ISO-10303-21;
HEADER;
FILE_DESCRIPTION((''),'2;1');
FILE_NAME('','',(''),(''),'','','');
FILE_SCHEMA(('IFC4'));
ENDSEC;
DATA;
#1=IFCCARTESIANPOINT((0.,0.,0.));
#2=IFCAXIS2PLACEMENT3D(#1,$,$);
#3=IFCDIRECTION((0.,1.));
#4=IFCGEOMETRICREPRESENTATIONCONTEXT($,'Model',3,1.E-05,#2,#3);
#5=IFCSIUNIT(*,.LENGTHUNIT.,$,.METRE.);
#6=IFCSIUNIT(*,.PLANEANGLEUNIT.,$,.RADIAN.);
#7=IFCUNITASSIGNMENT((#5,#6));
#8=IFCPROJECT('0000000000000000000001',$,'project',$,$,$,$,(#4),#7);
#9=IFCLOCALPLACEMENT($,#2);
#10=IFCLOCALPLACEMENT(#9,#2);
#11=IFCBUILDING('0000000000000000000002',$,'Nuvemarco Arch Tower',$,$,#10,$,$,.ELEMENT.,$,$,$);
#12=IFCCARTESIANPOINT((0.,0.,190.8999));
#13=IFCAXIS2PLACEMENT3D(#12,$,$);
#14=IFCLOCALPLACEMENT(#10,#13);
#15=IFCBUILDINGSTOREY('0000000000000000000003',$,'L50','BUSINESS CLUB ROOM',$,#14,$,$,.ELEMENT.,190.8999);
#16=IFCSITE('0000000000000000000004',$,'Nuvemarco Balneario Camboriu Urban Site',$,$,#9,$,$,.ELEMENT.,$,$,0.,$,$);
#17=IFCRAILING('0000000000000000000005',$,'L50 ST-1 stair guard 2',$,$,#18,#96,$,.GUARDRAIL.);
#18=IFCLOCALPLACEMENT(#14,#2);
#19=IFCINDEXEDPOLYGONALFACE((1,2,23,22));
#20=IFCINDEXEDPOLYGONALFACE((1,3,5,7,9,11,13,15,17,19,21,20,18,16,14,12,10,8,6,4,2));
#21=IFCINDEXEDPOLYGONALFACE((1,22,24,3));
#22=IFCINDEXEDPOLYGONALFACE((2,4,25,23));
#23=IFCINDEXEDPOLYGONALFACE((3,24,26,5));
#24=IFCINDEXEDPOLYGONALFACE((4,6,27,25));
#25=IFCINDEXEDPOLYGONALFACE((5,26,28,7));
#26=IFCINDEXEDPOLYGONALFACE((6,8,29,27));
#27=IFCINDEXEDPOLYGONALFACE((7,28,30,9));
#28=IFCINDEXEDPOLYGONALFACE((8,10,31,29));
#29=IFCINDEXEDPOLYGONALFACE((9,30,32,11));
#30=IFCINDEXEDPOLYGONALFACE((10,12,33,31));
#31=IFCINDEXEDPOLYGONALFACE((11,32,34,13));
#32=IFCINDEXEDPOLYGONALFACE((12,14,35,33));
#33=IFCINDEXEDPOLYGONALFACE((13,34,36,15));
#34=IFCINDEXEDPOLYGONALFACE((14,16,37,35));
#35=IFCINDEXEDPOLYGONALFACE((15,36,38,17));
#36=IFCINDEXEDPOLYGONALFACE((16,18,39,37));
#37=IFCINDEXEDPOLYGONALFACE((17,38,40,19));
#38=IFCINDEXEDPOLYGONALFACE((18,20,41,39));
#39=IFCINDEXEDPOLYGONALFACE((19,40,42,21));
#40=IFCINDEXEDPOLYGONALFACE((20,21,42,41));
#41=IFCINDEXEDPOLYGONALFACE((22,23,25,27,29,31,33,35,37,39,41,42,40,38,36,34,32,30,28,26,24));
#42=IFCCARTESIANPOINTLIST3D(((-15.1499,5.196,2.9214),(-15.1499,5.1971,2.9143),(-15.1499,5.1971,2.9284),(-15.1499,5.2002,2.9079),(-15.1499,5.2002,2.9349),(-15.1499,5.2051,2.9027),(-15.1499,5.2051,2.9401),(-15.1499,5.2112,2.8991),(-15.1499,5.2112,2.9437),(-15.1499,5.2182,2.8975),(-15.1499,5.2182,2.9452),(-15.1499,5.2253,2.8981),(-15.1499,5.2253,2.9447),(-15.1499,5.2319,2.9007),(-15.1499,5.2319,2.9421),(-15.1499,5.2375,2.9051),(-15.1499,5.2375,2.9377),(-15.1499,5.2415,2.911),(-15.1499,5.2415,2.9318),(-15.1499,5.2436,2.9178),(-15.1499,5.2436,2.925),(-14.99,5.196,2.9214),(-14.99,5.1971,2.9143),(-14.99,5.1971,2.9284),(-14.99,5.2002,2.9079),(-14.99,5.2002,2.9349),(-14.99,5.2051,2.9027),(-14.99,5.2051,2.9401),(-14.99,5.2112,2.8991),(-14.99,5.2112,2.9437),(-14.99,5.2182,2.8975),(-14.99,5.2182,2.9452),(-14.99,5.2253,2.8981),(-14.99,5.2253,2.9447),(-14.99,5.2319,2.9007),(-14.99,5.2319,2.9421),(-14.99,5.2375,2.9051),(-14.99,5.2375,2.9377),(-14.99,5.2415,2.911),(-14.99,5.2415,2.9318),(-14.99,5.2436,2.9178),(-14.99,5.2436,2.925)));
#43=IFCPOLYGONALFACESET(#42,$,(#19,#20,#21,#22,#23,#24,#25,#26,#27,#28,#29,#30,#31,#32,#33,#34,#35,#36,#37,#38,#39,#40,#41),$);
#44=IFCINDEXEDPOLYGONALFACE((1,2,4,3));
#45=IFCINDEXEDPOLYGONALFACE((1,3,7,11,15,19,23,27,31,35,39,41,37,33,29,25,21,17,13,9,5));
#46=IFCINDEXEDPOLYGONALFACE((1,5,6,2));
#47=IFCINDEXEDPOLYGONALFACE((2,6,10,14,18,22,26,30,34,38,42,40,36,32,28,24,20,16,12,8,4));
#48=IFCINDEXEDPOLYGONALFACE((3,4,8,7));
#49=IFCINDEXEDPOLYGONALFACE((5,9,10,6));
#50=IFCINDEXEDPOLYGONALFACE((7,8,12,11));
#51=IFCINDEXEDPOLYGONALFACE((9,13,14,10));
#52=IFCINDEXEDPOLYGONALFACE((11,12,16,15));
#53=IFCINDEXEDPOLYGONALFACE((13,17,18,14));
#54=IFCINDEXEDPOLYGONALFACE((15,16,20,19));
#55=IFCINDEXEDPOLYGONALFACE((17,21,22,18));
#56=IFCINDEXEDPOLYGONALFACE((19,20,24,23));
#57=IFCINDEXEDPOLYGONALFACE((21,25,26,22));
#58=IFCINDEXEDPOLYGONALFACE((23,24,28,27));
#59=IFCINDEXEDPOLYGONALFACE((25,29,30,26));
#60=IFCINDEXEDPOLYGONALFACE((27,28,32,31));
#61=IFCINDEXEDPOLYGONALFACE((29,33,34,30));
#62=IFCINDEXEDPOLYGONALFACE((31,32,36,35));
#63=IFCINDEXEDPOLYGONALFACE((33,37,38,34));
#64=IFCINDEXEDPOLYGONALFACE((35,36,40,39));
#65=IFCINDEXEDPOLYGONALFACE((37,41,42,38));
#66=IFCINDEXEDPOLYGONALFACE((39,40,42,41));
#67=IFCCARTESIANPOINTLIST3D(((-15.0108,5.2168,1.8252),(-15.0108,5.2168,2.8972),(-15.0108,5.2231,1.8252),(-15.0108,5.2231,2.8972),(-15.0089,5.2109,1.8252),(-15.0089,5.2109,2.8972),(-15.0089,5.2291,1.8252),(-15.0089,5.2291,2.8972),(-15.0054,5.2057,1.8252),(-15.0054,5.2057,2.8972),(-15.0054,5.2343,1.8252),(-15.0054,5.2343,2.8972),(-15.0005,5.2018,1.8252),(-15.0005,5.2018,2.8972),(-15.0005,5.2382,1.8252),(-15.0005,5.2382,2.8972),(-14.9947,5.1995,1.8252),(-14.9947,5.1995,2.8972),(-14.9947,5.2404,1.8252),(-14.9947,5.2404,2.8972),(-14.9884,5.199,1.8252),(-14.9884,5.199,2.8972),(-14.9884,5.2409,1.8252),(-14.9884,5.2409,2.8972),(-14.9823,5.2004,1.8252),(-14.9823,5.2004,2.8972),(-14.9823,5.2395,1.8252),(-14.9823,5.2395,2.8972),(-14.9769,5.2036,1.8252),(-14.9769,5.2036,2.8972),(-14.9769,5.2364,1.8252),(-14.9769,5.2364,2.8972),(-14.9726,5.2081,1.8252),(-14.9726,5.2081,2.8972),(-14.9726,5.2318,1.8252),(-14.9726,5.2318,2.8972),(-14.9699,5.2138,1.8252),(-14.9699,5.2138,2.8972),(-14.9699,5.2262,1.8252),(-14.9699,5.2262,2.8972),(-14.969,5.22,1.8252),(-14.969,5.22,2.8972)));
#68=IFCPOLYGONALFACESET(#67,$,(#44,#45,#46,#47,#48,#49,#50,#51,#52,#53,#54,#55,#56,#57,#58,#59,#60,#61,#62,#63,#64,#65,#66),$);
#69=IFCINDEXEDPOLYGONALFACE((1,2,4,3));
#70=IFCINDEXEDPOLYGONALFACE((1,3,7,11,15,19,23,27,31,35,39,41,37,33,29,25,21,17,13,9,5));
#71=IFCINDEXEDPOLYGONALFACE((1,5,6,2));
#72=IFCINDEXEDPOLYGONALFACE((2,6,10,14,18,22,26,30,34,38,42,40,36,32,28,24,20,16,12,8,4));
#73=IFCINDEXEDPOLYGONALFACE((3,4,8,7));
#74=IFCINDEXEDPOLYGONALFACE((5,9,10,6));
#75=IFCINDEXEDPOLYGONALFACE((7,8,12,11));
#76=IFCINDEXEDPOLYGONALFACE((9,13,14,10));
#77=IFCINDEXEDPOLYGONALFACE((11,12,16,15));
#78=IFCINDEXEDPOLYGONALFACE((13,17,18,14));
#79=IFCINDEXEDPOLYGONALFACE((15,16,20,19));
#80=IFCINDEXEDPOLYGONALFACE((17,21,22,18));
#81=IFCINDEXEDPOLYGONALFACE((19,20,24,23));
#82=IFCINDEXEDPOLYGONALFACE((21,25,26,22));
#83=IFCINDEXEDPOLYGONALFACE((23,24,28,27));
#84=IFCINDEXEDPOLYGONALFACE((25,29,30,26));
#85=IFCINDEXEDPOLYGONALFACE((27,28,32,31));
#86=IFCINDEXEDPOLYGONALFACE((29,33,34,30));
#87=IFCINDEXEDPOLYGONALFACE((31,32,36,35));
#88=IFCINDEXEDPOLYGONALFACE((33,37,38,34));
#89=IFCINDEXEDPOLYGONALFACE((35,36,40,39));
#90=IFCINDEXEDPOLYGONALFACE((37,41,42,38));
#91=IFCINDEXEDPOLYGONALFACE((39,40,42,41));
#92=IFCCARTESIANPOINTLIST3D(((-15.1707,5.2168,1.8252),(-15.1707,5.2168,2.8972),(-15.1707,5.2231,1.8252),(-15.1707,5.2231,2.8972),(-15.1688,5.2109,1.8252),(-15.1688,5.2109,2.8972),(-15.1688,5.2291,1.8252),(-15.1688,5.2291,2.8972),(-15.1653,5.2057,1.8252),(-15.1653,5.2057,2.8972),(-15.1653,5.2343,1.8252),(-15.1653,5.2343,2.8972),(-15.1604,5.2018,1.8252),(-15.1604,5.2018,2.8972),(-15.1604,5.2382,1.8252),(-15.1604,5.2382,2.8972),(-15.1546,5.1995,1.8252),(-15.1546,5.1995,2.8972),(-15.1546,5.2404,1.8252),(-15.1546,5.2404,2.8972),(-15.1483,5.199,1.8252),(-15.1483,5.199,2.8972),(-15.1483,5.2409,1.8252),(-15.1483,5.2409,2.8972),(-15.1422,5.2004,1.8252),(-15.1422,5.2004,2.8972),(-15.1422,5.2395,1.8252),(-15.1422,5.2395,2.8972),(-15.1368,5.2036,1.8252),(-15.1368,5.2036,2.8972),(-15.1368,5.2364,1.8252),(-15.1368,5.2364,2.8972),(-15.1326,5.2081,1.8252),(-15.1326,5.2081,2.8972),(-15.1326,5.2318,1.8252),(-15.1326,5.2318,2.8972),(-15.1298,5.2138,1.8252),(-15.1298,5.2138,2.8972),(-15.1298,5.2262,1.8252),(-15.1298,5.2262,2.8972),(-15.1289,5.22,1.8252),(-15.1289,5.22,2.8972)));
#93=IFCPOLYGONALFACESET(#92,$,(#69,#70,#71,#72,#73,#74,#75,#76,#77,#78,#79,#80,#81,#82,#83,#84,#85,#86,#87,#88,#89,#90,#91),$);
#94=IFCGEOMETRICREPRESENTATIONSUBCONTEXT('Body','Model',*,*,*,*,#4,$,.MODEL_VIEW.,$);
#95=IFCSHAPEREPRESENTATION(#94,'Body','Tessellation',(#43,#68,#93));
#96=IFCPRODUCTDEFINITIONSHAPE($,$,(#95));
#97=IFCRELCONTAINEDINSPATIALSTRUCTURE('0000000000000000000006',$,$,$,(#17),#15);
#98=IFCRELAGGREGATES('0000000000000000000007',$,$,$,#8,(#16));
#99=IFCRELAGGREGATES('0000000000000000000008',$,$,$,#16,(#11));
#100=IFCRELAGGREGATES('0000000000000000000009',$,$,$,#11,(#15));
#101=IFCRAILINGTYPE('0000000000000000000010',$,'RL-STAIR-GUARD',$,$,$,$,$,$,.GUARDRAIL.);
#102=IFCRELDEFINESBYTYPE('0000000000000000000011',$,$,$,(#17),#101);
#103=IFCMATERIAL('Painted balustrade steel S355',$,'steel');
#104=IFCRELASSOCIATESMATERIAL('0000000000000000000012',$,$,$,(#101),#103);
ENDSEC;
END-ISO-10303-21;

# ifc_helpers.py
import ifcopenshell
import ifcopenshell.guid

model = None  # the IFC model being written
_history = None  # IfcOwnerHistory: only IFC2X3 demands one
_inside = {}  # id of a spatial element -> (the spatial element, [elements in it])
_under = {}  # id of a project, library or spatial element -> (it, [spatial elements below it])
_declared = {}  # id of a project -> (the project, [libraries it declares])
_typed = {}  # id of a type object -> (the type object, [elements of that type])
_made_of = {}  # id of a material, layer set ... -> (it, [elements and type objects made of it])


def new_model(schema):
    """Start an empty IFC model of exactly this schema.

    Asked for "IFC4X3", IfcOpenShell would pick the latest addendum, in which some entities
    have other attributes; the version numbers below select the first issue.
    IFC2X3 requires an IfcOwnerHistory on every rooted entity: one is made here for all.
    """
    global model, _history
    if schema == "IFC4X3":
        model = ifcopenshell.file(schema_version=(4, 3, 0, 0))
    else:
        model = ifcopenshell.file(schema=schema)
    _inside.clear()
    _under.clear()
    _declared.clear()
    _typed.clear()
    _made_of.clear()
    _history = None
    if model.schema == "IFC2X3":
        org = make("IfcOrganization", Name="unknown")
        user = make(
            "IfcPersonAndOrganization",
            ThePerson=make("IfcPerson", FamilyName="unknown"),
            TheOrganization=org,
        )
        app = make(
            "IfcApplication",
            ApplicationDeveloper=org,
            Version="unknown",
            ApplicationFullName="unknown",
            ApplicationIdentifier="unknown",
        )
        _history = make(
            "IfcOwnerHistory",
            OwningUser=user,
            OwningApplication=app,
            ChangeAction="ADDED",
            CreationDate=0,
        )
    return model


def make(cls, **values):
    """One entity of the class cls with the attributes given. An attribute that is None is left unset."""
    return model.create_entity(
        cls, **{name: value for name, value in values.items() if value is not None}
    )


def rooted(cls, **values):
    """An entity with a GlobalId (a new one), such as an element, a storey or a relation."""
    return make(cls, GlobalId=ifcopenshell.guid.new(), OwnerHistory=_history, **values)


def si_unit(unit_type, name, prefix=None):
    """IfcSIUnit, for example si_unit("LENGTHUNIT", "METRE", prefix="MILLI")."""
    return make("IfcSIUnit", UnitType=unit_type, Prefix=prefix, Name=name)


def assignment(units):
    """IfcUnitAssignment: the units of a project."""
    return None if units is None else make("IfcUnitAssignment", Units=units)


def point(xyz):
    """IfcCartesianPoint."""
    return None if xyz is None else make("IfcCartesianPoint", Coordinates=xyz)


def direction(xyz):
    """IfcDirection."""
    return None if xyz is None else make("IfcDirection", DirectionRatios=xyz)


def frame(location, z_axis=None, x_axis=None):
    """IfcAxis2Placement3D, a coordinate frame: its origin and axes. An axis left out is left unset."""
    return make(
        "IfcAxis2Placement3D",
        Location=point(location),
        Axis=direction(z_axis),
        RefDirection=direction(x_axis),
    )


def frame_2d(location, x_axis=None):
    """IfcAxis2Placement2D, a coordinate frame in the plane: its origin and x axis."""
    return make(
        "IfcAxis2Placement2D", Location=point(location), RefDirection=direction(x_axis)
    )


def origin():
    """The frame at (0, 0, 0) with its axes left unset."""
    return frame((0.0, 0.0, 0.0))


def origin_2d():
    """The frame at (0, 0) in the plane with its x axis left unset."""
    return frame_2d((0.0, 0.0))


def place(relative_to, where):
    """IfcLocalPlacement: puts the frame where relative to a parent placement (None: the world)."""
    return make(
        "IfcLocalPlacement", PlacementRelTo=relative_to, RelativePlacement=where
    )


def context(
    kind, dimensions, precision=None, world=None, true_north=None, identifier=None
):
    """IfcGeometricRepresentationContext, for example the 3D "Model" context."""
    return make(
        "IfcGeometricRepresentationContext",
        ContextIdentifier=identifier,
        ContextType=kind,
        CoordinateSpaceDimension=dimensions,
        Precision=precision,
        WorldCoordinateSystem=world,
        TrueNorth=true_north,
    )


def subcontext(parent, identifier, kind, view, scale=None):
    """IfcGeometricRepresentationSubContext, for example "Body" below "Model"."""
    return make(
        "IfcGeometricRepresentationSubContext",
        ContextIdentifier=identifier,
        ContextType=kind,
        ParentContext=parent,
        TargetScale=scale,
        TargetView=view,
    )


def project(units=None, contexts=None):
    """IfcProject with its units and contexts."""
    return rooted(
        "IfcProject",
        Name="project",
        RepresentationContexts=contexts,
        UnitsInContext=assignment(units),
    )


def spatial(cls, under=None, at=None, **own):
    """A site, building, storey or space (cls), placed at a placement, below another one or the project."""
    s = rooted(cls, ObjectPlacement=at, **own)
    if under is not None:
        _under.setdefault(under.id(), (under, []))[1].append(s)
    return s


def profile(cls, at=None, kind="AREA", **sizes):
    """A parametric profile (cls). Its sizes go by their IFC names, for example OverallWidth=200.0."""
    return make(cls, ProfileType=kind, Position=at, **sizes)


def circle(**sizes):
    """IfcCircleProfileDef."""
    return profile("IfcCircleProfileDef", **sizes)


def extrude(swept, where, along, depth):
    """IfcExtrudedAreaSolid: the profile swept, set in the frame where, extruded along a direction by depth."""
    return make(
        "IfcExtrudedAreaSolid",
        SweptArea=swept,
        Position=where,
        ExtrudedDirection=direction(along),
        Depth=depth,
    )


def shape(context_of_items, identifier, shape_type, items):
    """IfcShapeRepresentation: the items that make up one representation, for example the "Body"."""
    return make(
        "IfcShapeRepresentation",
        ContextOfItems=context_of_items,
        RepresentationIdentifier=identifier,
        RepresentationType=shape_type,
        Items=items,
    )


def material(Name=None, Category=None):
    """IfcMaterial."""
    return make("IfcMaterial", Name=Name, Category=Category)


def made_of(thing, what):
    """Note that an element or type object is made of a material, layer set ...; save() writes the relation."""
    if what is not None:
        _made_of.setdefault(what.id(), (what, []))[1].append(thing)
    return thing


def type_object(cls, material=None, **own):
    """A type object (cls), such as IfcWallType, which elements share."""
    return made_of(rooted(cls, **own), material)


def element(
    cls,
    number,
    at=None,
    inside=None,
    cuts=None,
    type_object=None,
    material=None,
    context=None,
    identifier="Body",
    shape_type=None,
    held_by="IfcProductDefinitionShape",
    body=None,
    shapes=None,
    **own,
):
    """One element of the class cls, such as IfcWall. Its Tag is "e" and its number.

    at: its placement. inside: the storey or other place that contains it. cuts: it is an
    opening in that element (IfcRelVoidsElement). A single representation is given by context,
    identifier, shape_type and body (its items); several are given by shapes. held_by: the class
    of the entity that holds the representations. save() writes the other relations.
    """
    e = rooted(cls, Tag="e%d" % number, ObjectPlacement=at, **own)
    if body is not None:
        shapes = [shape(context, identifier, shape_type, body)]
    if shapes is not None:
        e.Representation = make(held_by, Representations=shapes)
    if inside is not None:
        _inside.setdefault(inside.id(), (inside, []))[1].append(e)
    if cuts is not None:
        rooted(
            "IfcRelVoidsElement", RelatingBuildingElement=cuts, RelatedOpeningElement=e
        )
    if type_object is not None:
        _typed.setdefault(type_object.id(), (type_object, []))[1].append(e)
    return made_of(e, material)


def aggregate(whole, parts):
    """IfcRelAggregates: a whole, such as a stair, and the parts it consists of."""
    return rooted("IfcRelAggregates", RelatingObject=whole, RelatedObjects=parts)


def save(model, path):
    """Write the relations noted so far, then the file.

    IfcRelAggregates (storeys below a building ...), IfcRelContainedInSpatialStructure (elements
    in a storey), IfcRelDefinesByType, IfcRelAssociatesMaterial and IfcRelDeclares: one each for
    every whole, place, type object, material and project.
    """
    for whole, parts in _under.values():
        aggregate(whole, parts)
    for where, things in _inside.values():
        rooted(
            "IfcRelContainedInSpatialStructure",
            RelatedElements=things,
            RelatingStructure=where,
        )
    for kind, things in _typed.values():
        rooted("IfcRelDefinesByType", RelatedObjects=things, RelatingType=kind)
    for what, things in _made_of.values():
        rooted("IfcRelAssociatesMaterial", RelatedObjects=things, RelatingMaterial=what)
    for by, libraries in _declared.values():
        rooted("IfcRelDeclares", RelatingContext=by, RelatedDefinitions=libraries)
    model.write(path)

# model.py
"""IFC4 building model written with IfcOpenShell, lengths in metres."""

from ifc_helpers import new_model, si_unit, direction, frame, origin, origin_2d, place, context, subcontext, project, spatial, circle, extrude, material, type_object, element, save


model = new_model("IFC4")

# Units and contexts
model_context = context("Model", 3, precision=1e-05, world=origin(), true_north=direction((0.0, 1.0)))
body_context = subcontext(model_context, "Body", "Model", "MODEL_VIEW")
ifc_project = project(units=[si_unit("LENGTHUNIT", "METRE"), si_unit("PLANEANGLEUNIT", "RADIAN")], contexts=[model_context])

# Site, building, storey
site_placement = place(None, origin())
site = spatial("IfcSite", under=ifc_project, at=site_placement, Name="Nuvemarco Balneario Camboriu Urban Site", CompositionType="ELEMENT", RefElevation=0.0)
building_placement = place(site_placement, origin())
building = spatial("IfcBuilding", under=site, at=building_placement, Name="Nuvemarco Arch Tower", CompositionType="ELEMENT")
storey_placement = place(building_placement, frame((0.0, 0.0, 190.8999)))
storey = spatial("IfcBuildingStorey", under=building, at=storey_placement, Name="L50", Description="BUSINESS CLUB ROOM", CompositionType="ELEMENT", Elevation=190.8999)

# Railing
ifc_material_1 = material(Name="Painted balustrade steel S355", Category="steel")
railing_type_1 = type_object("IfcRailingType", Name="RL-STAIR-GUARD", PredefinedType="GUARDRAIL", material=ifc_material_1)
railing_1_placement = place(storey_placement, frame((-14.99, 5.22, 1.8252)))
element("IfcRailing", 1, at=railing_1_placement, inside=storey, type_object=railing_type_1, Name="L50 ST-1 stair guard 2", PredefinedType="GUARDRAIL", context=body_context, shape_type="SweptSolid", body=[
    extrude(circle(Radius=0.0239, at=origin_2d()), frame((0.0, 0.0, 1.0962), z_axis=(-1.0, 0.0, 0.0), x_axis=(0.0, -1.0, 0.0)), (0.0, 0.0, 1.0), 0.1599),
    extrude(circle(Radius=0.021, at=origin_2d()), origin(), (0.0, 0.0, 1.0), 1.072),
    extrude(circle(Radius=0.021, at=origin_2d()), frame((-0.1599, 0.0, 0.0)), (0.0, 0.0, 1.0), 1.072),
])

save(model, "model.ifc")
